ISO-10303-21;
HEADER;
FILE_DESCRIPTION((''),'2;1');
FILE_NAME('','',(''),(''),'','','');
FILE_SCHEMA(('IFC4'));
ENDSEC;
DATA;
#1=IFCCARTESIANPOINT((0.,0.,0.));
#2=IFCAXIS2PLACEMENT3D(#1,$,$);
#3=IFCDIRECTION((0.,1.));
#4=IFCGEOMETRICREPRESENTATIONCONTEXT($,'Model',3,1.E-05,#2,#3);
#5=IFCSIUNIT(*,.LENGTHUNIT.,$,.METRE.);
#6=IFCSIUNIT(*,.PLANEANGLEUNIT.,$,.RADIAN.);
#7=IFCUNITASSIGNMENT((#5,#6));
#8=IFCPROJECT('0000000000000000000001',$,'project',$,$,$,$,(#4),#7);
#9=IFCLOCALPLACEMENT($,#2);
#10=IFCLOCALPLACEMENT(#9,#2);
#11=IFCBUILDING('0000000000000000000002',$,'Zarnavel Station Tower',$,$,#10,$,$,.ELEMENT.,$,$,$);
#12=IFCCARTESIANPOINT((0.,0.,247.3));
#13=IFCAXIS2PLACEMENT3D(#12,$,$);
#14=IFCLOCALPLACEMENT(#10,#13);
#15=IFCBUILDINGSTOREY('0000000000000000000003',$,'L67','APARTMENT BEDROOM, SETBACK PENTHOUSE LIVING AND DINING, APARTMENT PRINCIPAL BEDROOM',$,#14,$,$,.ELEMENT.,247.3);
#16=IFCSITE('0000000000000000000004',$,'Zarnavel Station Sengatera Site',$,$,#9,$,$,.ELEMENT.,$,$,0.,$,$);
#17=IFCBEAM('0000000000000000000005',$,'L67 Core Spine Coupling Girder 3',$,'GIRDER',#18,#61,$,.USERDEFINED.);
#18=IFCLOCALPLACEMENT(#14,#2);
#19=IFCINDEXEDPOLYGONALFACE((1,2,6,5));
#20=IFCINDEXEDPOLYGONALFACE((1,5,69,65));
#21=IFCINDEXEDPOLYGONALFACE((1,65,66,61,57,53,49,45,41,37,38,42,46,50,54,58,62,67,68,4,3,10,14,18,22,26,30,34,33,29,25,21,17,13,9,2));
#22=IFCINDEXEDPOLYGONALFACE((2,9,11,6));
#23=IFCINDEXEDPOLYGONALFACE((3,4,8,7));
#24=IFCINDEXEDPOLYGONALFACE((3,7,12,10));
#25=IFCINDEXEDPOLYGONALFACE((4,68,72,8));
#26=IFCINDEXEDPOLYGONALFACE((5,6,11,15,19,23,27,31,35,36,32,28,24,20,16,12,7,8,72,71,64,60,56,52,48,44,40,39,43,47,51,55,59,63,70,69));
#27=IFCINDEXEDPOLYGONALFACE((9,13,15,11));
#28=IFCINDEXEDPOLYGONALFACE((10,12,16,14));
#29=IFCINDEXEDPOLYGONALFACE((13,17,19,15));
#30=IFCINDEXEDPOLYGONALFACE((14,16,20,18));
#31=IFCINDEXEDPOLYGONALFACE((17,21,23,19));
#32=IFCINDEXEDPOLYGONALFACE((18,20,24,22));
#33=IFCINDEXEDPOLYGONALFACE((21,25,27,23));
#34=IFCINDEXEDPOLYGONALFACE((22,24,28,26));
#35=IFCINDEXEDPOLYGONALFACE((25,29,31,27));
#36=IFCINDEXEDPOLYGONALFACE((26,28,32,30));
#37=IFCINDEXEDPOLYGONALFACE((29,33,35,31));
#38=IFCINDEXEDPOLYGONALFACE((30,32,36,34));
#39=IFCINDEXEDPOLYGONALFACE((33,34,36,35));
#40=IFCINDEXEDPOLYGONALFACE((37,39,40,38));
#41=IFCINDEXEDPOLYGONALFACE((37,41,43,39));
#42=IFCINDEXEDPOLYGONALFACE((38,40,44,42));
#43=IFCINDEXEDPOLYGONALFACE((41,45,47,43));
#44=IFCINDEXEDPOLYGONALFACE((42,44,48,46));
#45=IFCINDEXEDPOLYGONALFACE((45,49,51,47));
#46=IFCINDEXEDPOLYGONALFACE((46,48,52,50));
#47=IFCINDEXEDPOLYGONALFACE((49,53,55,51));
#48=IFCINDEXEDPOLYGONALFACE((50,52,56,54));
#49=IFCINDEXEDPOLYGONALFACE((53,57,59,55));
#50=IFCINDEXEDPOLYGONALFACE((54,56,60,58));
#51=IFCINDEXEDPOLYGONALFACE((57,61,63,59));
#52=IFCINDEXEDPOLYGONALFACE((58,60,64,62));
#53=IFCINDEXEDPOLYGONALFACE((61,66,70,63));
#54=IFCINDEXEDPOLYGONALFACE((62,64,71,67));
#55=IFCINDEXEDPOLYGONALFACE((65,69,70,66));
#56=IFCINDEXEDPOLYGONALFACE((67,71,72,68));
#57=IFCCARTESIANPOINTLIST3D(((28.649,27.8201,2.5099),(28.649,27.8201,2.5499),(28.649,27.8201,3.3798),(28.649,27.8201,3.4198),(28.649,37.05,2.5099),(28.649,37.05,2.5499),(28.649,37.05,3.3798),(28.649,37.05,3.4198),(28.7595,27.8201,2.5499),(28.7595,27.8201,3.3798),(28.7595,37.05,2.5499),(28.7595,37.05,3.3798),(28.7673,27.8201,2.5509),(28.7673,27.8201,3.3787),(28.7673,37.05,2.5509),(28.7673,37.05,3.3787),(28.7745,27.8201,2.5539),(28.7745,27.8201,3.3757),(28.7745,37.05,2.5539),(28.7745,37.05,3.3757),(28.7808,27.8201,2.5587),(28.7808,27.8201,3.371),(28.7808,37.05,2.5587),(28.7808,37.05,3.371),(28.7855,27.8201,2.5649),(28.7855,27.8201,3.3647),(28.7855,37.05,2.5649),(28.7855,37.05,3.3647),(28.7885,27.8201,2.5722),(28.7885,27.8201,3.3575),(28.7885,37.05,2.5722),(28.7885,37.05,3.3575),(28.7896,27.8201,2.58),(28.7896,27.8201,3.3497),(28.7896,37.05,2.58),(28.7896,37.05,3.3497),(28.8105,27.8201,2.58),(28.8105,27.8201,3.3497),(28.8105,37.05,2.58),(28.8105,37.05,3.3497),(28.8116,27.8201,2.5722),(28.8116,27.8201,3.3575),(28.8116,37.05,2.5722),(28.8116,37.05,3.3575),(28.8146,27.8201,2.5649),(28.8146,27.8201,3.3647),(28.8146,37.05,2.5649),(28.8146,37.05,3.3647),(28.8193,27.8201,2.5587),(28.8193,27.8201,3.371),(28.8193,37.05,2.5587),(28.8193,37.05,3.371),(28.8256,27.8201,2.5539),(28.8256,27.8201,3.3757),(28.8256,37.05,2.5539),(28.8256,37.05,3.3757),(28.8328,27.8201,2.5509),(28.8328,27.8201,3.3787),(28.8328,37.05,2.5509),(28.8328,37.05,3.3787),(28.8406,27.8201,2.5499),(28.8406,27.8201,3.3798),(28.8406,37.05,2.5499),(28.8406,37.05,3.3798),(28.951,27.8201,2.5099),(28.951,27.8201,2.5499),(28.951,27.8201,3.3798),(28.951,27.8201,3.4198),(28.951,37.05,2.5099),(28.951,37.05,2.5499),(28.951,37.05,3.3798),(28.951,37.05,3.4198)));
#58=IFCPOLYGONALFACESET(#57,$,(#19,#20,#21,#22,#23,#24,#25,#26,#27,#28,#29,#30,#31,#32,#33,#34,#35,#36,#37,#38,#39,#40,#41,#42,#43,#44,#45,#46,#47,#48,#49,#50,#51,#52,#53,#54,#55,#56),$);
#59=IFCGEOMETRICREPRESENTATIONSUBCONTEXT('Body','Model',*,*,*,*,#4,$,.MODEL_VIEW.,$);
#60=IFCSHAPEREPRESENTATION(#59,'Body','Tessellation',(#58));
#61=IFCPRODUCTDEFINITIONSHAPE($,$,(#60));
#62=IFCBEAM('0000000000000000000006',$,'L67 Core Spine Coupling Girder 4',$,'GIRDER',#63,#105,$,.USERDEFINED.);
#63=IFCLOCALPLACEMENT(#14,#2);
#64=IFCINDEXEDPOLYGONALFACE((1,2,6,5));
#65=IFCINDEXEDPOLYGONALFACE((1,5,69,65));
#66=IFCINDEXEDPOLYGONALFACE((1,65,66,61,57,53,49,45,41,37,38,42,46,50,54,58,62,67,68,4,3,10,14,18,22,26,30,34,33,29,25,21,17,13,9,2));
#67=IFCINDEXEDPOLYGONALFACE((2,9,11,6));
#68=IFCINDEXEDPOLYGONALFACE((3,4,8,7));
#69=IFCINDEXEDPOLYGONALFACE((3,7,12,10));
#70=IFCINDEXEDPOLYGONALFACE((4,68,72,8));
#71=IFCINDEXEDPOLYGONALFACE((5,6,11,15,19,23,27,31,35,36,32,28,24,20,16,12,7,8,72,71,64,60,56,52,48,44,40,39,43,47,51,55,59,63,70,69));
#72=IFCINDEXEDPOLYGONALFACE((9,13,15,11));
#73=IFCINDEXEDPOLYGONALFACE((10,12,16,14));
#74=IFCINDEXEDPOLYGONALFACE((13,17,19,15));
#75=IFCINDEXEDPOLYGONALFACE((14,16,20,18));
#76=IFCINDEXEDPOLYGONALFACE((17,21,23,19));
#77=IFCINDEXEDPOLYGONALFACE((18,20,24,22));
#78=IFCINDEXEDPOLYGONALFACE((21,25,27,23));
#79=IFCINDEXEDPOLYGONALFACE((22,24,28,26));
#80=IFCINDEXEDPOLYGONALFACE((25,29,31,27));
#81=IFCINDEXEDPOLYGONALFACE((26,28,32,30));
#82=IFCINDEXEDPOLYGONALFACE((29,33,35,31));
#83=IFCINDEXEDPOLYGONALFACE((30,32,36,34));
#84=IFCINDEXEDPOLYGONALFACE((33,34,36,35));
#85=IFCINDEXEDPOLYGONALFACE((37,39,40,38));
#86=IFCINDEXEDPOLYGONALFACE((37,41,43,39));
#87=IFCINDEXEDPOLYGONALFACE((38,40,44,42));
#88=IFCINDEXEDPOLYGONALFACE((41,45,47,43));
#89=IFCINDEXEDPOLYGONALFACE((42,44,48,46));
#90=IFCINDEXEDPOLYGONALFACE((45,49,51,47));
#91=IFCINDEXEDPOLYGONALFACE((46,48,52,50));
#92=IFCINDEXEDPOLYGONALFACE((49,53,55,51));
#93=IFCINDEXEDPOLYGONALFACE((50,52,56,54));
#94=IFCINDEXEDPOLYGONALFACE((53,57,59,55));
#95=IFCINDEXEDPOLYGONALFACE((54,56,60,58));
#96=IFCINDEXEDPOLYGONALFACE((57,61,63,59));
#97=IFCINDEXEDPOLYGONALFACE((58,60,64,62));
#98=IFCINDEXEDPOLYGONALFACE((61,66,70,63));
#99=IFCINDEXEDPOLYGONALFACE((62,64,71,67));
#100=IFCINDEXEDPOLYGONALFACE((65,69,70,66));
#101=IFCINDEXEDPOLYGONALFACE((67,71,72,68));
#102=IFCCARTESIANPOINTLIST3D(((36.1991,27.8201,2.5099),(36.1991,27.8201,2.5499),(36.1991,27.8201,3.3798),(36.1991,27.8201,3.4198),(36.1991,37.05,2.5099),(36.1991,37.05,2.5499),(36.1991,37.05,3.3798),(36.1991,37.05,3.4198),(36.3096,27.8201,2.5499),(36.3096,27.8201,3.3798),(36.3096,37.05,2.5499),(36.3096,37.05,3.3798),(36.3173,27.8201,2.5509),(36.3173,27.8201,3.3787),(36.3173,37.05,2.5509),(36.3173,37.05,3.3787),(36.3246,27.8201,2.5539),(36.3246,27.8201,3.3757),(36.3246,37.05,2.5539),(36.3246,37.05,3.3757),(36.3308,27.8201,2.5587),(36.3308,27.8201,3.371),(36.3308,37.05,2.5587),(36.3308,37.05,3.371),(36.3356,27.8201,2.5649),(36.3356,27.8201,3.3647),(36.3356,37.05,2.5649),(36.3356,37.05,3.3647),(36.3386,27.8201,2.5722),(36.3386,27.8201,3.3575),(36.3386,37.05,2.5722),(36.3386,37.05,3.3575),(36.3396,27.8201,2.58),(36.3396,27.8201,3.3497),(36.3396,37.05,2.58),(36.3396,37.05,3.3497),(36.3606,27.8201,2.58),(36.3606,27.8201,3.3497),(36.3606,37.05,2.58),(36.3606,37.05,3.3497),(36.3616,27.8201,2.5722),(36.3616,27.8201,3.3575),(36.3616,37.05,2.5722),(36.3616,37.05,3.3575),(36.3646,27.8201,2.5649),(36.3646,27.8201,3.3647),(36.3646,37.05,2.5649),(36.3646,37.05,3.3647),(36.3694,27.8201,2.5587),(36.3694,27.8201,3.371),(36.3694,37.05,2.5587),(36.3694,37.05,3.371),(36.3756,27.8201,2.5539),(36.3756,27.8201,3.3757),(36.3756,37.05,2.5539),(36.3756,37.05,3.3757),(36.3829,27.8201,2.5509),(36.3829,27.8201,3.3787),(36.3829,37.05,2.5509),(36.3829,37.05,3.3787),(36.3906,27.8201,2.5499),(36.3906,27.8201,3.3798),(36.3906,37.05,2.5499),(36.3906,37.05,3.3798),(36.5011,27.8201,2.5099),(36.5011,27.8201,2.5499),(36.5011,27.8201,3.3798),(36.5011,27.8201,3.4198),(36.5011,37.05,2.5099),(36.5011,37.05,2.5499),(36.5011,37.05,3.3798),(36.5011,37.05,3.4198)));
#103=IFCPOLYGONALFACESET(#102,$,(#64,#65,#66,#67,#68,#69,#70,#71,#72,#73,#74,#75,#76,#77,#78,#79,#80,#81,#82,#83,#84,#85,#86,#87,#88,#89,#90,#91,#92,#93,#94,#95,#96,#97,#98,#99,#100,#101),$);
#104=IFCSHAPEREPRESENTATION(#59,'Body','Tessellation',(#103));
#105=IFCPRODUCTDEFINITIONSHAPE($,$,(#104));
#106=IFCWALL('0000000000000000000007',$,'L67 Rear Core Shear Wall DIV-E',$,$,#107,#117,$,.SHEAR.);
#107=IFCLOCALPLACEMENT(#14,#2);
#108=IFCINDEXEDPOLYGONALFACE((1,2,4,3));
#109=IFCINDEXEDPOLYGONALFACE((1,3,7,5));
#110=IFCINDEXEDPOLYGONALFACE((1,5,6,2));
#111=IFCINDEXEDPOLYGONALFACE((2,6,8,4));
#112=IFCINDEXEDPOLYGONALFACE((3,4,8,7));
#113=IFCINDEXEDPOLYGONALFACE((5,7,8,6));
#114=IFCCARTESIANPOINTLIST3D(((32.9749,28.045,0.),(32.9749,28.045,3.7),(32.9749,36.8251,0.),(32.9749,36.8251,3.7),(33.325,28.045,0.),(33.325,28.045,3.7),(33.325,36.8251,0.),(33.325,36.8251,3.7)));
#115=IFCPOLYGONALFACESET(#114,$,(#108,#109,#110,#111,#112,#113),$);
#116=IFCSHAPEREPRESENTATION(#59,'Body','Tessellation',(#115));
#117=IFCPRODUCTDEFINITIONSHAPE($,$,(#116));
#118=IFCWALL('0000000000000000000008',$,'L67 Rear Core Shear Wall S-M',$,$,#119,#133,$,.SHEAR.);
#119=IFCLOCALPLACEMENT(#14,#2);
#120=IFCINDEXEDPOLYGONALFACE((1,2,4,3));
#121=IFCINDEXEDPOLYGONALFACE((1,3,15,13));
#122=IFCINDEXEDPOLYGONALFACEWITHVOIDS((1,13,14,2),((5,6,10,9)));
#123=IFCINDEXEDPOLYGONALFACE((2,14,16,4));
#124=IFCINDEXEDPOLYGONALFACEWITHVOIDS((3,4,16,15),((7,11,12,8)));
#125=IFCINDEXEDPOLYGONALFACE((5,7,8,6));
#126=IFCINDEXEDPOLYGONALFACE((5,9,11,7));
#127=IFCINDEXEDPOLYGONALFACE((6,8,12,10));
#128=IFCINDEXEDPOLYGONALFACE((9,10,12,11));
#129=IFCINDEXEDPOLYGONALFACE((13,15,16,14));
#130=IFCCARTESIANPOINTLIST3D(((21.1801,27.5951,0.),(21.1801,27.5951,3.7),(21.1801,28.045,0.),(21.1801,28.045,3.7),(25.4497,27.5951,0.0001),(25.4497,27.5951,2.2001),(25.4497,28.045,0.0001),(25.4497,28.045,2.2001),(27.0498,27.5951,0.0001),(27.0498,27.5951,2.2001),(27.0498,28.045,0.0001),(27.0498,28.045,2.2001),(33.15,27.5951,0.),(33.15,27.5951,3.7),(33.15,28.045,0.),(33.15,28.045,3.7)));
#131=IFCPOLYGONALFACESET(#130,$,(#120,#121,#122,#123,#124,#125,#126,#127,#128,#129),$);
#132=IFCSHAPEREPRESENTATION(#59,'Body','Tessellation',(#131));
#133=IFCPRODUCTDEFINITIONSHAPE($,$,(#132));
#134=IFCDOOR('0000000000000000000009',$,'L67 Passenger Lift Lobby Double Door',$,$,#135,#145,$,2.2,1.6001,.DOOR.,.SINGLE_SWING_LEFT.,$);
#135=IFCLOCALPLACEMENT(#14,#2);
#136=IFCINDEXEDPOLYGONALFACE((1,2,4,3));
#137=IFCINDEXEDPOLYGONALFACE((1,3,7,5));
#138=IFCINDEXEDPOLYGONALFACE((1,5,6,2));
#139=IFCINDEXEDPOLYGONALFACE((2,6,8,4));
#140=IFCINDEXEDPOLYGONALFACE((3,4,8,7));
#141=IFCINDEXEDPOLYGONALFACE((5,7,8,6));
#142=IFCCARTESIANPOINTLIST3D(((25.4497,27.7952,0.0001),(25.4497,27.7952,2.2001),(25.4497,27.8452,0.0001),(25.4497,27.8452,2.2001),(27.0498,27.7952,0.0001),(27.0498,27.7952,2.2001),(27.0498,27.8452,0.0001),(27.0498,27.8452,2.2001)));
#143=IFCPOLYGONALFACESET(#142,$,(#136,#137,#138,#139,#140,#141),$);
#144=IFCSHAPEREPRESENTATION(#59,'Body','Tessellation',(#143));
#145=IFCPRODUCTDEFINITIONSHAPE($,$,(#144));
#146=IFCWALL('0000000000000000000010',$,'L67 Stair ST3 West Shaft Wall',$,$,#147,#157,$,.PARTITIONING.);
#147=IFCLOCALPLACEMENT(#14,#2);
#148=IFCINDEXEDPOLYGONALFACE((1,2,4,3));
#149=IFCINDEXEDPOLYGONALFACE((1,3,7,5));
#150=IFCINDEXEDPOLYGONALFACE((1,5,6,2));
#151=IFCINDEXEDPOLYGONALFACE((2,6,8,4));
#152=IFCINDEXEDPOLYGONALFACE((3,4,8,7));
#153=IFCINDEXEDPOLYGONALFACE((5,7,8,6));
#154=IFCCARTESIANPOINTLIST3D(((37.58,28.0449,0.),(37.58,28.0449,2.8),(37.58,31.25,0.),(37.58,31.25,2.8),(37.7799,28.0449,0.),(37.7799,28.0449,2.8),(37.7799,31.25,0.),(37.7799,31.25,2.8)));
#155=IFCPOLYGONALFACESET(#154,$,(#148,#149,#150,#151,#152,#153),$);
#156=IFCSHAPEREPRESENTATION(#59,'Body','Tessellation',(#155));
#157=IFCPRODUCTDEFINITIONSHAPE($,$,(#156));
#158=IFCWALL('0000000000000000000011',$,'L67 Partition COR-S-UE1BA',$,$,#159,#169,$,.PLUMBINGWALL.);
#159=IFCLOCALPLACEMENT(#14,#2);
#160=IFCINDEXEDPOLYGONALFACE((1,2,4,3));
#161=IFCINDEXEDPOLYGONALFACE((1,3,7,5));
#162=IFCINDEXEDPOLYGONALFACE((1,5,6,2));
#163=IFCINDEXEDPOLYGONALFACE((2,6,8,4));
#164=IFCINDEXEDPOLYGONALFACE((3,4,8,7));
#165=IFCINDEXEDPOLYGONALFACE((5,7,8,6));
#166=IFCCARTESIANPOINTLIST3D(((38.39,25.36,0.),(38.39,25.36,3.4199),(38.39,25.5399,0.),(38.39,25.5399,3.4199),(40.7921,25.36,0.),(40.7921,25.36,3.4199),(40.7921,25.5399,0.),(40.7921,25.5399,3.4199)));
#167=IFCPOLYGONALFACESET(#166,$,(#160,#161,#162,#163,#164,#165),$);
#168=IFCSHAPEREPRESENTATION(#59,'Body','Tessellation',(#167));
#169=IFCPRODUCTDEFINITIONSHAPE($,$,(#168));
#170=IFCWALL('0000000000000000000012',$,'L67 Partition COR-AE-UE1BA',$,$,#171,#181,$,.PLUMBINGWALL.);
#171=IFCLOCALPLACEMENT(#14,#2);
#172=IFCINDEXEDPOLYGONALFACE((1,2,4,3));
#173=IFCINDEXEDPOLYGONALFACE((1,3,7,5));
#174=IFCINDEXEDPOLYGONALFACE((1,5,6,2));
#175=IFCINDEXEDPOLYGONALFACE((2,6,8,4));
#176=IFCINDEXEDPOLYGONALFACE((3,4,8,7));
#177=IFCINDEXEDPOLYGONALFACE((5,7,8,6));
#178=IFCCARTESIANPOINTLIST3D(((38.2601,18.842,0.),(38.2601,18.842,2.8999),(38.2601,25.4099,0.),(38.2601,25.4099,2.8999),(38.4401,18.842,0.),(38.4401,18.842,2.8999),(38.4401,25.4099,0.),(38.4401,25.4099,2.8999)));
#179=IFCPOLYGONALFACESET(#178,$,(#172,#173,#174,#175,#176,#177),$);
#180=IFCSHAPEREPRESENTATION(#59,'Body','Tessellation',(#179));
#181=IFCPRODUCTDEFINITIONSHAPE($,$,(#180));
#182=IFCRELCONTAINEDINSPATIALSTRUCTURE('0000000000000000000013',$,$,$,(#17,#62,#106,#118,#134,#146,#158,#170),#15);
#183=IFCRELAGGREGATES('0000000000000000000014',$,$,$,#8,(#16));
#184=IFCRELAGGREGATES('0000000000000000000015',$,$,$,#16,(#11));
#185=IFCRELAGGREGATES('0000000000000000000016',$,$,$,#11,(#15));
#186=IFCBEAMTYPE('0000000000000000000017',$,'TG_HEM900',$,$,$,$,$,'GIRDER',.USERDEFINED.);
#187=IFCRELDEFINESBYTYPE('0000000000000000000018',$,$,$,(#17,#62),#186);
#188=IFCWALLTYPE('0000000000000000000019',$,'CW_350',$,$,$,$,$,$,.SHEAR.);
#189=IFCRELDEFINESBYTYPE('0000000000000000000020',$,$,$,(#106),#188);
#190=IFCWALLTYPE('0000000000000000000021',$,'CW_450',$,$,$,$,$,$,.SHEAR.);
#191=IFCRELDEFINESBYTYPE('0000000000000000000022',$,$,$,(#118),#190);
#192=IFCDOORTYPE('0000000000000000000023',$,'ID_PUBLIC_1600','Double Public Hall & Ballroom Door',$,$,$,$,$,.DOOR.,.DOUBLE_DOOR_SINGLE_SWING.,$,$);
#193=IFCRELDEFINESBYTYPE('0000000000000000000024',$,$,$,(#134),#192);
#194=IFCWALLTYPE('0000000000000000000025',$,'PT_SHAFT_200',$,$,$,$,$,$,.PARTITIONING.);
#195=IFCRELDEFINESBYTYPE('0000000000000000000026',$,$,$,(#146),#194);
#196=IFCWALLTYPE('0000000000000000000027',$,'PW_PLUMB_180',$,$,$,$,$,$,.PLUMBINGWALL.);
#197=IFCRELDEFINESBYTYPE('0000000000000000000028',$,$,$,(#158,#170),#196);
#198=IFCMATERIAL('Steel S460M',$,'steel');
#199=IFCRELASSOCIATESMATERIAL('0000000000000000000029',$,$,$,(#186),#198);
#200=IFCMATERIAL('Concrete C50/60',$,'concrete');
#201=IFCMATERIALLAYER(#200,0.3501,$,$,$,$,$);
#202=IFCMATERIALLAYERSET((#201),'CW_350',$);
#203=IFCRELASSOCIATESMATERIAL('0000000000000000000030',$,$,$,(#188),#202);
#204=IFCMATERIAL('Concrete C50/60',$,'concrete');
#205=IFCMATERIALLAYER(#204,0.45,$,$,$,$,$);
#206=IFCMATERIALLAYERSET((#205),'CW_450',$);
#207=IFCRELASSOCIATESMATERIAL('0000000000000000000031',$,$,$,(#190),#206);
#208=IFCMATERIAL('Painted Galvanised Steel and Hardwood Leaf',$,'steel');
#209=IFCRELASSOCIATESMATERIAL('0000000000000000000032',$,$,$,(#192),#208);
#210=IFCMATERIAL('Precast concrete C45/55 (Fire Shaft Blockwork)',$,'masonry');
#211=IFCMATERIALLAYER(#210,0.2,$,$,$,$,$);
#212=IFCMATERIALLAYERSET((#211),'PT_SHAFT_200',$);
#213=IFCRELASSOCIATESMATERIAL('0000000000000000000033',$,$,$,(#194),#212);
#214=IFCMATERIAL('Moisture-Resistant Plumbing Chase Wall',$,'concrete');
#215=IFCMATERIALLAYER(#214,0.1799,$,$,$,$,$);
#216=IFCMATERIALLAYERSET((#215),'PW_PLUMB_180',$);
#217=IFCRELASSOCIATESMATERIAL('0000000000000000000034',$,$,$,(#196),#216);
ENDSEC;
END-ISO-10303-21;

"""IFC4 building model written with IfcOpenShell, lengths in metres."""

from ifc_helpers import new_model, si_unit, direction, frame, frame_2d, origin, origin_2d, place, context, subcontext, project, spatial, rectangle, i_section, extrude, material, layer, layer_set, material_profile, profile_set, type_object, element, fill, save


model = new_model("IFC4")

# Units and contexts
model_context = context("Model", 3, precision=1e-05, world=origin(), true_north=direction((0.0, 1.0)))
body_context = subcontext(model_context, "Body", "Model", "MODEL_VIEW")
ifc_project = project(units=[si_unit("LENGTHUNIT", "METRE"), si_unit("PLANEANGLEUNIT", "RADIAN")], contexts=[model_context])

# Site, building, storey
site_placement = place(None, origin())
site = spatial("IfcSite", under=ifc_project, at=site_placement, Name="Zarnavel Station Sengatera Site", CompositionType="ELEMENT", RefElevation=0.0)
building_placement = place(site_placement, origin())
building = spatial("IfcBuilding", under=site, at=building_placement, Name="Zarnavel Station Tower", CompositionType="ELEMENT")
storey_placement = place(building_placement, frame((0.0, 0.0, 247.3)))
storey = spatial("IfcBuildingStorey", under=building, at=storey_placement, Name="L67", Description="APARTMENT BEDROOM, SETBACK PENTHOUSE LIVING AND DINING, APARTMENT PRINCIPAL BEDROOM", CompositionType="ELEMENT", Elevation=247.3)

# Beams
ifc_material_1 = material(Name="Steel S460M", Category="steel")
ifc_material_profile_1 = material_profile(ifc_material_1, i_section(OverallWidth=0.302, OverallDepth=0.9099, WebThickness=0.021, FlangeThickness=0.04, FilletRadius=0.03, at=origin_2d()), Name="HEM900")
ifc_profile_set_1 = profile_set([ifc_material_profile_1], Name="Steel S460M")
beam_type_1 = type_object("IfcBeamType", Name="TG_HEM900", ElementType="GIRDER", PredefinedType="USERDEFINED", material=ifc_profile_set_1)
for number, where, z_axis, x_axis, name in (
    (1, (28.8, 27.8201, 2.9648), (0.0, 1.0, 0.0), (-1.0, 0.0, 0.0), "L67 Core Spine Coupling Girder 3"),
    (2, (36.3501, 27.8201, 2.9648), (0.0, 1.0, 0.0), (-1.0, 0.0, 0.0), "L67 Core Spine Coupling Girder 4"),
):
    element("IfcBeam", number, at=place(storey_placement, frame(where, z_axis=z_axis, x_axis=x_axis)), inside=storey, type_object=beam_type_1, Name=name, ObjectType="GIRDER", PredefinedType="USERDEFINED", context=body_context, shape_type="SweptSolid", body=[
        extrude(i_section(OverallWidth=0.302, OverallDepth=0.9099, WebThickness=0.021, FlangeThickness=0.04, FilletRadius=0.03, at=origin_2d()), origin(), (0.0, 0.0, 1.0), 9.23),
    ])

# Wall
ifc_material_2 = material(Name="Concrete C50/60", Category="concrete")
ifc_layer_1 = layer(ifc_material_2, 0.3501)
ifc_layer_set_1 = layer_set([ifc_layer_1], Name="CW_350")
wall_type_1 = type_object("IfcWallType", Name="CW_350", PredefinedType="SHEAR", material=ifc_layer_set_1)
wall_1_placement = place(storey_placement, frame((33.1499, 28.0449, 0.0), z_axis=(0.0, 0.0, 1.0), x_axis=(0.0, 1.0, 0.0)))
element("IfcWall", 3, at=wall_1_placement, inside=storey, type_object=wall_type_1, Name="L67 Rear Core Shear Wall DIV-E", PredefinedType="SHEAR", context=body_context, shape_type="SweptSolid", body=[
    extrude(rectangle(XDim=8.78, YDim=0.3501, at=frame_2d((4.3901, 0.0))), origin(), (0.0, 0.0, 1.0), 3.7),
])

# Wall, opening, door
ifc_material_3 = material(Name="Concrete C50/60", Category="concrete")
ifc_layer_2 = layer(ifc_material_3, 0.45)
ifc_layer_set_2 = layer_set([ifc_layer_2], Name="CW_450")
wall_type_2 = type_object("IfcWallType", Name="CW_450", PredefinedType="SHEAR", material=ifc_layer_set_2)
wall_2_placement = place(storey_placement, frame((33.1499, 27.8201, 0.0), z_axis=(0.0, 0.0, 1.0), x_axis=(-1.0, 0.0, 0.0)))
wall_2 = element("IfcWall", 4, at=wall_2_placement, inside=storey, type_object=wall_type_2, Name="L67 Rear Core Shear Wall S-M", PredefinedType="SHEAR", context=body_context, shape_type="SweptSolid", body=[
    extrude(rectangle(XDim=11.97, YDim=0.45, at=frame_2d((5.9849, 0.0))), origin(), (0.0, 0.0, 1.0), 3.7),
])
opening_1_placement = place(wall_2_placement, frame((6.1001, 0.0, 0.0)))
opening_1 = element("IfcOpeningElement", 5, at=opening_1_placement, cuts=wall_2, PredefinedType="OPENING", context=body_context, shape_type="SweptSolid", body=[
    extrude(rectangle(XDim=1.6001, YDim=2.2, at=frame_2d((0.8, 1.1001))), frame((0.0, 0.2349, 0.0), z_axis=(0.0, -1.0, 0.0), x_axis=(1.0, 0.0, 0.0)), (0.0, 0.0, 1.0), 0.47),
])
ifc_material_4 = material(Name="Painted Galvanised Steel and Hardwood Leaf", Category="steel")
door_type_1 = type_object("IfcDoorType", Name="ID_PUBLIC_1600", Description="Double Public Hall & Ballroom Door", OperationType="DOUBLE_DOOR_SINGLE_SWING", PredefinedType="DOOR", material=ifc_material_4)
door_1_placement = place(opening_1_placement, origin())
door_1 = element("IfcDoor", 6, at=door_1_placement, inside=storey, type_object=door_type_1, Name="L67 Passenger Lift Lobby Double Door", OperationType="SINGLE_SWING_LEFT", OverallHeight=2.2, OverallWidth=1.6001, PredefinedType="DOOR", context=body_context, shape_type="SweptSolid", body=[
    extrude(rectangle(XDim=1.6001, YDim=2.2, at=frame_2d((0.8, 1.1001))), frame((0.0, 0.0249, 0.0), z_axis=(0.0, -1.0, 0.0), x_axis=(1.0, 0.0, 0.0)), (0.0, 0.0, 1.0), 0.05),
])
fill(opening_1, door_1)

# Walls
ifc_material_5 = material(Name="Precast concrete C45/55 (Fire Shaft Blockwork)", Category="masonry")
ifc_layer_3 = layer(ifc_material_5, 0.2)
ifc_layer_set_3 = layer_set([ifc_layer_3], Name="PT_SHAFT_200")
wall_type_3 = type_object("IfcWallType", Name="PT_SHAFT_200", PredefinedType="PARTITIONING", material=ifc_layer_set_3)
wall_3_placement = place(storey_placement, frame((37.6799, 28.0449, 0.0), z_axis=(0.0, 0.0, 1.0), x_axis=(0.0, 1.0, 0.0)))
element("IfcWall", 7, at=wall_3_placement, inside=storey, type_object=wall_type_3, Name="L67 Stair ST3 West Shaft Wall", PredefinedType="PARTITIONING", context=body_context, shape_type="SweptSolid", body=[
    extrude(rectangle(XDim=3.2051, YDim=0.2, at=frame_2d((1.6025, 0.0))), origin(), (0.0, 0.0, 1.0), 2.8),
])
ifc_material_6 = material(Name="Moisture-Resistant Plumbing Chase Wall", Category="concrete")
ifc_layer_4 = layer(ifc_material_6, 0.1799)
ifc_layer_set_4 = layer_set([ifc_layer_4], Name="PW_PLUMB_180")
wall_type_4 = type_object("IfcWallType", Name="PW_PLUMB_180", PredefinedType="PLUMBINGWALL", material=ifc_layer_set_4)
wall_4_placement = place(storey_placement, frame((38.3899, 25.45, 0.0), z_axis=(0.0, 0.0, 1.0), x_axis=(1.0, 0.0, 0.0)))
element("IfcWall", 8, at=wall_4_placement, inside=storey, type_object=wall_type_4, Name="L67 Partition COR-S-UE1BA", PredefinedType="PLUMBINGWALL", context=body_context, shape_type="SweptSolid", body=[
    extrude(rectangle(XDim=2.4021, YDim=0.1799, at=frame_2d((1.2012, 0.0))), origin(), (0.0, 0.0, 1.0), 3.4199),
])
wall_5_placement = place(storey_placement, frame((38.3501, 18.842, 0.0), z_axis=(0.0, 0.0, 1.0), x_axis=(0.0, 1.0, 0.0)))
element("IfcWall", 9, at=wall_5_placement, inside=storey, type_object=wall_type_4, Name="L67 Partition COR-AE-UE1BA", PredefinedType="PLUMBINGWALL", context=body_context, shape_type="SweptSolid", body=[
    extrude(rectangle(XDim=6.5679, YDim=0.1799, at=frame_2d((3.2839, 0.0))), origin(), (0.0, 0.0, 1.0), 2.8999),
])

save(model, "model.ifc")
